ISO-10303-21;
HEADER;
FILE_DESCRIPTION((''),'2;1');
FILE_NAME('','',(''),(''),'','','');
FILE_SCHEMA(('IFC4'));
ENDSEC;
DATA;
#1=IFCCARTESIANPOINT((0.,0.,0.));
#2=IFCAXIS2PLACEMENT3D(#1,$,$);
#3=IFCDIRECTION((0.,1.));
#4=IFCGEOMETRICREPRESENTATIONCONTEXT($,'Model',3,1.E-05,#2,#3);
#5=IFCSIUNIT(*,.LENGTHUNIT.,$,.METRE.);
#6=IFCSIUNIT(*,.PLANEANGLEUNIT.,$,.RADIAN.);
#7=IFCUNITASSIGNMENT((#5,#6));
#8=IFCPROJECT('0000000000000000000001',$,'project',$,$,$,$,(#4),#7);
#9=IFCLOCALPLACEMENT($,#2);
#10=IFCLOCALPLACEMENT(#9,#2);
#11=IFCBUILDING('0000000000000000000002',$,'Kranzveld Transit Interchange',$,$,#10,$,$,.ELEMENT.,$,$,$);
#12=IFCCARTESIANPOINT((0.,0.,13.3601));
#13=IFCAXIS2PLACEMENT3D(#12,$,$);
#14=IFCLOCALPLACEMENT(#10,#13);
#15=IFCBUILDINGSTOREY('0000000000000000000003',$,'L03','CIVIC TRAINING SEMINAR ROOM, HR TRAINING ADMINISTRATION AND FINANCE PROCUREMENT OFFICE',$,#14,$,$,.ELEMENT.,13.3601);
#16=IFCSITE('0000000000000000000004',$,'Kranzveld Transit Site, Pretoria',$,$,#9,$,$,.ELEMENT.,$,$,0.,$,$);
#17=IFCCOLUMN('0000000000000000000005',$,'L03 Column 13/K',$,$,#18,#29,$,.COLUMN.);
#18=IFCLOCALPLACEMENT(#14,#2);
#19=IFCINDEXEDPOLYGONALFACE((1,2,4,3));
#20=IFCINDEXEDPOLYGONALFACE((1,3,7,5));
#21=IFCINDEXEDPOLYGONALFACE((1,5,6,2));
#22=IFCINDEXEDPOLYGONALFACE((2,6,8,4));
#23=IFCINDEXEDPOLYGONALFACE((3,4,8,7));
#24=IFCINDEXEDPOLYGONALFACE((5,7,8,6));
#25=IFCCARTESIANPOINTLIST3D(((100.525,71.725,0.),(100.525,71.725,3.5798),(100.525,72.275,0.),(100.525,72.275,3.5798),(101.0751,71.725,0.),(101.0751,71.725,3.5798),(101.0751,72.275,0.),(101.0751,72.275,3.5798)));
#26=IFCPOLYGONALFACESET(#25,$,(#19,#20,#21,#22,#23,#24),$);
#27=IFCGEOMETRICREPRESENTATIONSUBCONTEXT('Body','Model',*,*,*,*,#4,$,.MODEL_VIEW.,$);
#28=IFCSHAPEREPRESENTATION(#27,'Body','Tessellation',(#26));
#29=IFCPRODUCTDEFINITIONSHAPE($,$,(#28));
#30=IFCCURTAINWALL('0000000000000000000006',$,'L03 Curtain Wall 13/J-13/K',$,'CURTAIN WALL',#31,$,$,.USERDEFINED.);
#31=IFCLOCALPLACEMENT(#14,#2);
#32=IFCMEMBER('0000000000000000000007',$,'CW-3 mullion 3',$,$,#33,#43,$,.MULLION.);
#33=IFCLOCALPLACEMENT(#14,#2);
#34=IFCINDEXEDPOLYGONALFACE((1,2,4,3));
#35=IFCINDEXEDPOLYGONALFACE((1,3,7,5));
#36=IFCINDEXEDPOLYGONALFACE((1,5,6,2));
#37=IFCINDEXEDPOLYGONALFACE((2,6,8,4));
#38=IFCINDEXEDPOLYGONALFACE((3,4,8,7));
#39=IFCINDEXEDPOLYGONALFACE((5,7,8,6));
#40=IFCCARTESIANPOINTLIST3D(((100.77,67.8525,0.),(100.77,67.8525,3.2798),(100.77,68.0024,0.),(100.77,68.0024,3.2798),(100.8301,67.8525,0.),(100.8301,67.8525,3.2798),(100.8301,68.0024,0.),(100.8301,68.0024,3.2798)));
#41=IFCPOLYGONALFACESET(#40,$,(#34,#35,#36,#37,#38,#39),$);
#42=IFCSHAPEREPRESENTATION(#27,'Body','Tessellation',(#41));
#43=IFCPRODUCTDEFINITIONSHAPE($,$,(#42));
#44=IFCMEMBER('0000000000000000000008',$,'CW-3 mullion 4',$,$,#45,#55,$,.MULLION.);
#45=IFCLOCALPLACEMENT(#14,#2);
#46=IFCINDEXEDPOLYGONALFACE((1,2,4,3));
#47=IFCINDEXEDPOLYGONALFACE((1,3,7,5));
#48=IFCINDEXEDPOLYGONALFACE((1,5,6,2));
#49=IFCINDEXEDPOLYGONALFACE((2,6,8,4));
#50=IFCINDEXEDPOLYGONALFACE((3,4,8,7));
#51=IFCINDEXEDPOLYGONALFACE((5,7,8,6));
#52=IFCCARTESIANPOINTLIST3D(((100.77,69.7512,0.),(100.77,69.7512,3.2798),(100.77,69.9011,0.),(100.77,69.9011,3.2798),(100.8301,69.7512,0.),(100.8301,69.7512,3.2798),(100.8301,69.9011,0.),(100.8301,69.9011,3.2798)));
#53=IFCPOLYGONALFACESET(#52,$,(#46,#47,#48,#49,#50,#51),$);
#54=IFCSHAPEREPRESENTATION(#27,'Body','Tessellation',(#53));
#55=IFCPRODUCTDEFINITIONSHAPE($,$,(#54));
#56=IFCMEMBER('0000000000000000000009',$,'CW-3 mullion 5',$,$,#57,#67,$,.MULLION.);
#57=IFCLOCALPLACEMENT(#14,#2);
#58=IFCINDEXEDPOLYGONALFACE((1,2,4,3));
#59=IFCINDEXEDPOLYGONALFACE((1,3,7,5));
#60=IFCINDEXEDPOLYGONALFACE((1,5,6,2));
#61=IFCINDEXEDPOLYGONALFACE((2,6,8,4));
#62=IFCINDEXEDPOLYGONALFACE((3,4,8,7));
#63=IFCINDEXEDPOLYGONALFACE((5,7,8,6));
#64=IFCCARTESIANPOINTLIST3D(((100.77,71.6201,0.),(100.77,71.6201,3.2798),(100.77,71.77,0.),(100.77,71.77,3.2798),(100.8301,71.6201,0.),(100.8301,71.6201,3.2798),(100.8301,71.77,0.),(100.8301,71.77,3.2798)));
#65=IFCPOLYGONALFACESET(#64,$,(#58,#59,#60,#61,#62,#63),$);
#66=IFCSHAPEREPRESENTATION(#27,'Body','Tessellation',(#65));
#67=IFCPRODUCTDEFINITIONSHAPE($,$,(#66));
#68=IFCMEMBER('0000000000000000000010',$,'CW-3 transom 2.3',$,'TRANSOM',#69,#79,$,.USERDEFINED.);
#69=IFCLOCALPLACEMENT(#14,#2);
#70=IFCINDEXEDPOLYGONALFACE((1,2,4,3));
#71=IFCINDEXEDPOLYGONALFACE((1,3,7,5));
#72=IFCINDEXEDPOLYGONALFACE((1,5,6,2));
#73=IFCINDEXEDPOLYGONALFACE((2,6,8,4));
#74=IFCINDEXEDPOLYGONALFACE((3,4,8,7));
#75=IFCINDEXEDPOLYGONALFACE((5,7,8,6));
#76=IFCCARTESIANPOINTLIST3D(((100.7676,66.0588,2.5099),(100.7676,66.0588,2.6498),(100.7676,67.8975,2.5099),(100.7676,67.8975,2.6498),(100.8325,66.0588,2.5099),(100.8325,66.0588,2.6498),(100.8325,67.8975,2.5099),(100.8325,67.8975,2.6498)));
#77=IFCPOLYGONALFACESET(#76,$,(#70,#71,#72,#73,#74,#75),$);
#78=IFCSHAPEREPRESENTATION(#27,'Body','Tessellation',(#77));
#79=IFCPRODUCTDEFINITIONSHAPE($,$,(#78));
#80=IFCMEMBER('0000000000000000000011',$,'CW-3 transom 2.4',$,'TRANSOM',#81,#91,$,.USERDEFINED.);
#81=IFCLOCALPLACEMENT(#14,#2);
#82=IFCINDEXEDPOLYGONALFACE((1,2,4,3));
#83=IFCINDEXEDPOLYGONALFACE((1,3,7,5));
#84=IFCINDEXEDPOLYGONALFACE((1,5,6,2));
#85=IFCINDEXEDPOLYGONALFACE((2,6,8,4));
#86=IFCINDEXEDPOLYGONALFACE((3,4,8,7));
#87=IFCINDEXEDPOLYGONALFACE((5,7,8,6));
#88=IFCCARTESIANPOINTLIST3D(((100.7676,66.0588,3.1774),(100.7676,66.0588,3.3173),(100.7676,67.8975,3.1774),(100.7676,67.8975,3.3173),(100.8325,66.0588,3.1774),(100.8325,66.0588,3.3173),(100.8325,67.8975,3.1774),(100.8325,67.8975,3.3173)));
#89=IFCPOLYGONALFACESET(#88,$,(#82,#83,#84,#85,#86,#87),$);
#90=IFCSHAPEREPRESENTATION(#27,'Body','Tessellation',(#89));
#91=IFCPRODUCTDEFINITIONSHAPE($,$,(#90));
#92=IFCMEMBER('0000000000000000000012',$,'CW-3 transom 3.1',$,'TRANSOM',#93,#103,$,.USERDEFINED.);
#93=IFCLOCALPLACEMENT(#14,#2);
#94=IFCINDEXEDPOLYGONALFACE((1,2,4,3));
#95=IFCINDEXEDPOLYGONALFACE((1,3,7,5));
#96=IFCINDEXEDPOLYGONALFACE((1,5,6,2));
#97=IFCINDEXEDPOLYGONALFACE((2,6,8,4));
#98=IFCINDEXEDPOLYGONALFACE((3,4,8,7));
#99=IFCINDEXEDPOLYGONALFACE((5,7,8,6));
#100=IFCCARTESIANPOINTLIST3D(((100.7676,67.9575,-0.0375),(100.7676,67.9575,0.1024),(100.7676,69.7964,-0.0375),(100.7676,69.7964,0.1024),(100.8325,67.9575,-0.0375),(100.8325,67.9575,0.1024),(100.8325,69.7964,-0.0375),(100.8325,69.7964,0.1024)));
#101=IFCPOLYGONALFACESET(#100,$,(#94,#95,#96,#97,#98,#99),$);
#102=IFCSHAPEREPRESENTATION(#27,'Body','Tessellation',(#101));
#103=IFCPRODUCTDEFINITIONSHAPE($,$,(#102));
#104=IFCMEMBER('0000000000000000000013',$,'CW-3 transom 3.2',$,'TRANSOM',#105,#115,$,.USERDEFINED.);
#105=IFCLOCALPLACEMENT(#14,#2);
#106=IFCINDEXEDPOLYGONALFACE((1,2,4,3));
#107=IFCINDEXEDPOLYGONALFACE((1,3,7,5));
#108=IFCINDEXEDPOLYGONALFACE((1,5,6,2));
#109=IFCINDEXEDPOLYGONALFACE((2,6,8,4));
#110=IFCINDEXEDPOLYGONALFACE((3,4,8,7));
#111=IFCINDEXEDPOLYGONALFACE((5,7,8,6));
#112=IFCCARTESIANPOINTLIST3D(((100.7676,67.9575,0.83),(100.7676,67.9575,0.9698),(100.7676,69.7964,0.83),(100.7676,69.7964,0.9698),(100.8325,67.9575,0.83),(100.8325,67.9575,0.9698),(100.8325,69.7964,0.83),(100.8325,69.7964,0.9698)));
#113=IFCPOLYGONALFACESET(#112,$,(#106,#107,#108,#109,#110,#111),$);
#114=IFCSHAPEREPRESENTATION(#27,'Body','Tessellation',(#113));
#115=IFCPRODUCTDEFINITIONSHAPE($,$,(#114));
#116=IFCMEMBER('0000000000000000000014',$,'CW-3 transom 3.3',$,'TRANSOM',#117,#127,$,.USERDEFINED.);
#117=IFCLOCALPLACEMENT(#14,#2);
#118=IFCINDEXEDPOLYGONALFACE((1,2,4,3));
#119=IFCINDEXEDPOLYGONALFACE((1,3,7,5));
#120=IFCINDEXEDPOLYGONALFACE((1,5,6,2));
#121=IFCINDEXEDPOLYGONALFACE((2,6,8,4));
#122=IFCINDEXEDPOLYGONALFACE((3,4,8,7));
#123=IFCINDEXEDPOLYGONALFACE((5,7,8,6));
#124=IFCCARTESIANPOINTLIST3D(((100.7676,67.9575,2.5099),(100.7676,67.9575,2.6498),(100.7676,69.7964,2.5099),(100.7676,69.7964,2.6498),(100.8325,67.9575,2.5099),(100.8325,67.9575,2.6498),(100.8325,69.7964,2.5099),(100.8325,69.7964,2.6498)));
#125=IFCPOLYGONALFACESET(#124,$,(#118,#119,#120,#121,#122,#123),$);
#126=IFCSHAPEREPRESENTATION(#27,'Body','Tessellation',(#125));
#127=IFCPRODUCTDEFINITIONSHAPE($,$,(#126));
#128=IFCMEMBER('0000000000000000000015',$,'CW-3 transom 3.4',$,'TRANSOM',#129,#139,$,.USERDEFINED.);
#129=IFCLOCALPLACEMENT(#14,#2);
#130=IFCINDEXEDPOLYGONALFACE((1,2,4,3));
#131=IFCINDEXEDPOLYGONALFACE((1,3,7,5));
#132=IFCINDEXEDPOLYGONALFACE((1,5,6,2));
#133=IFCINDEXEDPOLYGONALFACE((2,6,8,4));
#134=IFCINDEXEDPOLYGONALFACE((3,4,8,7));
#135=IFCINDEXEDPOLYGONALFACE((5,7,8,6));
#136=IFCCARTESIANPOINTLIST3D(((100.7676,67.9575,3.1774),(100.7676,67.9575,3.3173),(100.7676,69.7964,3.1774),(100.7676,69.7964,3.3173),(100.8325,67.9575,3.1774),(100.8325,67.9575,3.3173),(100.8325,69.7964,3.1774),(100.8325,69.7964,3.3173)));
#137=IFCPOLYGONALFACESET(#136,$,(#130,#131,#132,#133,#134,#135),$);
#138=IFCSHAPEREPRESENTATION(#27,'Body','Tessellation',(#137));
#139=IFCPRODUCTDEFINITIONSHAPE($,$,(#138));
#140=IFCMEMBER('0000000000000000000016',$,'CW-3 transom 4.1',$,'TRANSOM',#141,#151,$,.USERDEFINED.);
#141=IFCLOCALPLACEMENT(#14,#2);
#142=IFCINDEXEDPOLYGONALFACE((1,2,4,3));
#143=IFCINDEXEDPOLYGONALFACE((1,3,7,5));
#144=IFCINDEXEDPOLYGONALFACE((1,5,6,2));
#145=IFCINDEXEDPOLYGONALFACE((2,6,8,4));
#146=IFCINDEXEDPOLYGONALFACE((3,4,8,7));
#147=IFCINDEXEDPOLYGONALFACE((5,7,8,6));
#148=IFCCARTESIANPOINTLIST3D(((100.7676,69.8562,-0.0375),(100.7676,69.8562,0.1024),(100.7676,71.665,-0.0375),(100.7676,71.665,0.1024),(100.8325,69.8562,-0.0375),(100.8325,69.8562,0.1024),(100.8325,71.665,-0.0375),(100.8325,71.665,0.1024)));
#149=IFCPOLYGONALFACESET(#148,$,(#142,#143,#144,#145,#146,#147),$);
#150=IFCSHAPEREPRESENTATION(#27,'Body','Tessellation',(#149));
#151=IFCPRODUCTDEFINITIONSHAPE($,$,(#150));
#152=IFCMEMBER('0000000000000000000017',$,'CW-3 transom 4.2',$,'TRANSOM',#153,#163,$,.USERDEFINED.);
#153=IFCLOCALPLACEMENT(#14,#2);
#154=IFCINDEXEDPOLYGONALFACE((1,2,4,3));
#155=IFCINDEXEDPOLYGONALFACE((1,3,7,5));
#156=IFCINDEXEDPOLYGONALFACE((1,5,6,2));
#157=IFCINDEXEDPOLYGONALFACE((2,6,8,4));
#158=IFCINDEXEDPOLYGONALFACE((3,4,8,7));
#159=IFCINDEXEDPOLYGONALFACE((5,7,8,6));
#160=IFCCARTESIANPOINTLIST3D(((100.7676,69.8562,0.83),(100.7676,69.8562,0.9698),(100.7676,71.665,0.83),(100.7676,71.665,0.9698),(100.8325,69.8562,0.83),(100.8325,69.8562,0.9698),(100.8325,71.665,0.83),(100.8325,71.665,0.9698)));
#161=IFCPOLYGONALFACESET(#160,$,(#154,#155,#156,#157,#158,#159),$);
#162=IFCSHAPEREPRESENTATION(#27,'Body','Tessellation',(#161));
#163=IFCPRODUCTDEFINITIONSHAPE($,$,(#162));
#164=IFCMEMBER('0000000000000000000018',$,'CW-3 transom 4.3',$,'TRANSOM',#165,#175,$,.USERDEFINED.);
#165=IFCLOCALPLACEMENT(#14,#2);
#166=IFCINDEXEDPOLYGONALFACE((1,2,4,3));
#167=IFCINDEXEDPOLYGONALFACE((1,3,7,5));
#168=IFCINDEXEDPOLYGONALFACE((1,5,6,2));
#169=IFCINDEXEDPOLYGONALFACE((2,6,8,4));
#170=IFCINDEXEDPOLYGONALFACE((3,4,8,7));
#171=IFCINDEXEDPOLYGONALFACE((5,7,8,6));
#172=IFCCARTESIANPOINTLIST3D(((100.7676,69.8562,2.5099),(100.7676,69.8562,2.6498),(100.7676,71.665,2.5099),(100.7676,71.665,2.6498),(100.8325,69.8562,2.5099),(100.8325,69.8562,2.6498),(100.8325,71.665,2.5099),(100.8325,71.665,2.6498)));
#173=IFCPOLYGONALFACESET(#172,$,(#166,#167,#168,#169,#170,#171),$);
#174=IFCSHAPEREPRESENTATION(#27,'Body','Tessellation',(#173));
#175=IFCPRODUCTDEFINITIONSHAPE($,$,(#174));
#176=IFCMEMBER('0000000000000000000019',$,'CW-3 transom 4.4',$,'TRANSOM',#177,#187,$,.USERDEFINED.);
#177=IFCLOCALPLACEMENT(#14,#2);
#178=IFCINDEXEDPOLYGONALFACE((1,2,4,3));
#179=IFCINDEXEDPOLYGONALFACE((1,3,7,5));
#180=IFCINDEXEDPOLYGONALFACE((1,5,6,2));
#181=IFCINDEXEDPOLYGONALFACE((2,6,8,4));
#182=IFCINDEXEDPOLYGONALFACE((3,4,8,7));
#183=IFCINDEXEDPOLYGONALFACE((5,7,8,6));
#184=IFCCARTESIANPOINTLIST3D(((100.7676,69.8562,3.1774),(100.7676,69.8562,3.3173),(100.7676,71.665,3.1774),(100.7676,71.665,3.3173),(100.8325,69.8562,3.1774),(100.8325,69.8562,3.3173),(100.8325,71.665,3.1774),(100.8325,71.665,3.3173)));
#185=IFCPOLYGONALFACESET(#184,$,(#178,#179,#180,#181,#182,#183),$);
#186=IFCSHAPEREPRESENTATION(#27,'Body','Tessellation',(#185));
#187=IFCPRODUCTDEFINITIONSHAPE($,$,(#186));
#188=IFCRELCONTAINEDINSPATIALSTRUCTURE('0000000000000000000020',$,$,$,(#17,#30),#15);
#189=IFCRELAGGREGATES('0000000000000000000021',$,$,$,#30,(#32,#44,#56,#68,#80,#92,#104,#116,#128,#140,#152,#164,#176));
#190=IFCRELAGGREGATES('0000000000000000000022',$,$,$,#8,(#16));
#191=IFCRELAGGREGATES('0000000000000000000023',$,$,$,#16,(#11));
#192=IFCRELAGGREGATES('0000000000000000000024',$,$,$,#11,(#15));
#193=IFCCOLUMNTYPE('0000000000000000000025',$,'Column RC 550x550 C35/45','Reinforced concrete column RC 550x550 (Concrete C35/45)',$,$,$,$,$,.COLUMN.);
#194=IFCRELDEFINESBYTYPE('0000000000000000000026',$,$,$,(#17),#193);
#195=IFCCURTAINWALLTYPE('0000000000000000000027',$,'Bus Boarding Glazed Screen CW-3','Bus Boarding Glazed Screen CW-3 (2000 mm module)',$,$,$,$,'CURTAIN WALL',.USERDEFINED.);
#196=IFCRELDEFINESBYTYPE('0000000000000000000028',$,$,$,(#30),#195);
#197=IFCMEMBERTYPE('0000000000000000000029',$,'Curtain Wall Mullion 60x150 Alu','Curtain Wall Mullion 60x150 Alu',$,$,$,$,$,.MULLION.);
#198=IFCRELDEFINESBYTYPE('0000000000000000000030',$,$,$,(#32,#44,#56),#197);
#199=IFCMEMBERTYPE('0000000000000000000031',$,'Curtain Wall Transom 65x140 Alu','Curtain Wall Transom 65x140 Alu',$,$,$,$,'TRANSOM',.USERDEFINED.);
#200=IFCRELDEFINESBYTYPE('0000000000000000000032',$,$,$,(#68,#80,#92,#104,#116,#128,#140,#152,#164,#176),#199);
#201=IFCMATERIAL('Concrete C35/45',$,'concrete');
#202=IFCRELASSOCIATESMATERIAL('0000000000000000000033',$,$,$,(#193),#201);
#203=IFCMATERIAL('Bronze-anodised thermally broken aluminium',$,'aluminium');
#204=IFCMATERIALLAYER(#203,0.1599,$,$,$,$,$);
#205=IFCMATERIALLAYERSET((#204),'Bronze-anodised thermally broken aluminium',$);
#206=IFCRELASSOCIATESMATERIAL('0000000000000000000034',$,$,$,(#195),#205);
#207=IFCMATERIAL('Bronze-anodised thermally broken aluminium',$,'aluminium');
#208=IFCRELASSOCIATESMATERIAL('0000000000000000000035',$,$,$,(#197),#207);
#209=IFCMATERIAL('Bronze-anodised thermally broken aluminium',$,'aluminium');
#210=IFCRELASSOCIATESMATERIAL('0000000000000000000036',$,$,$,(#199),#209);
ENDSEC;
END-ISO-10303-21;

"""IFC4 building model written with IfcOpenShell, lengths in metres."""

from ifc_helpers import new_model, si_unit, direction, frame, origin, origin_2d, place, context, subcontext, project, spatial, rectangle, extrude, material, layer, layer_set, material_profile, profile_set, type_object, element, aggregate, save


model = new_model("IFC4")

# Units and contexts
model_context = context("Model", 3, precision=1e-05, world=origin(), true_north=direction((0.0, 1.0)))
body_context = subcontext(model_context, "Body", "Model", "MODEL_VIEW")
ifc_project = project(units=[si_unit("LENGTHUNIT", "METRE"), si_unit("PLANEANGLEUNIT", "RADIAN")], contexts=[model_context])

# Site, building, storey
site_placement = place(None, origin())
site = spatial("IfcSite", under=ifc_project, at=site_placement, Name="Kranzveld Transit Site, Pretoria", CompositionType="ELEMENT", RefElevation=0.0)
building_placement = place(site_placement, origin())
building = spatial("IfcBuilding", under=site, at=building_placement, Name="Kranzveld Transit Interchange", CompositionType="ELEMENT")
storey_placement = place(building_placement, frame((0.0, 0.0, 13.3601)))
storey = spatial("IfcBuildingStorey", under=building, at=storey_placement, Name="L03", Description="CIVIC TRAINING SEMINAR ROOM, HR TRAINING ADMINISTRATION AND FINANCE PROCUREMENT OFFICE", CompositionType="ELEMENT", Elevation=13.3601)

# Column
ifc_material_1 = material(Name="Concrete C35/45", Category="concrete")
ifc_material_profile_1 = material_profile(ifc_material_1, rectangle(XDim=0.55, YDim=0.55, at=origin_2d()), Name="RC 550x550")
ifc_profile_set_1 = profile_set([ifc_material_profile_1], Name="Concrete C35/45")
column_type = type_object("IfcColumnType", Name="Column RC 550x550 C35/45", Description="Reinforced concrete column RC 550x550 (Concrete C35/45)", PredefinedType="COLUMN", material=ifc_profile_set_1)
column_placement = place(storey_placement, frame((100.8, 72.0, 0.0), z_axis=(0.0, 0.0, 1.0), x_axis=(1.0, 0.0, 0.0)))
element("IfcColumn", 1, at=column_placement, inside=storey, type_object=column_type, Name="L03 Column 13/K", PredefinedType="COLUMN", context=body_context, shape_type="SweptSolid", body=[
    extrude(rectangle(XDim=0.55, YDim=0.55, at=origin_2d()), origin(), (0.0, 0.0, 1.0), 3.5798),
])

# Curtain wall, members
ifc_material_2 = material(Name="Bronze-anodised thermally broken aluminium", Category="aluminium")
ifc_layer_1 = layer(ifc_material_2, 0.1599)
ifc_layer_set_1 = layer_set([ifc_layer_1], Name="Bronze-anodised thermally broken aluminium")
curtain_wall_type = type_object("IfcCurtainWallType", Name="Bus Boarding Glazed Screen CW-3", Description="Bus Boarding Glazed Screen CW-3 (2000 mm module)", ElementType="CURTAIN WALL", PredefinedType="USERDEFINED", material=ifc_layer_set_1)
curtain_wall_placement = place(storey_placement, origin())
curtain_wall = element("IfcCurtainWall", 2, at=curtain_wall_placement, inside=storey, type_object=curtain_wall_type, Name="L03 Curtain Wall 13/J-13/K", ObjectType="CURTAIN WALL", PredefinedType="USERDEFINED")
ifc_material_3 = material(Name="Bronze-anodised thermally broken aluminium", Category="aluminium")
ifc_material_profile_2 = material_profile(ifc_material_3, rectangle(XDim=0.0601, YDim=0.1499, at=origin_2d()), Name="ALU MULLION 60x150")
ifc_profile_set_2 = profile_set([ifc_material_profile_2], Name="Bronze-anodised thermally broken aluminium")
member_type_1 = type_object("IfcMemberType", Name="Curtain Wall Mullion 60x150 Alu", Description="Curtain Wall Mullion 60x150 Alu", PredefinedType="MULLION", material=ifc_profile_set_2)
member_1_placement = place(storey_placement, frame((100.8, 67.9275, 0.0), z_axis=(0.0, 0.0, 1.0), x_axis=(-1.0, 0.0, 0.0)))
member_1 = element("IfcMember", 3, at=member_1_placement, type_object=member_type_1, Name="CW-3 mullion 3", PredefinedType="MULLION", context=body_context, shape_type="SweptSolid", body=[
    extrude(rectangle(XDim=0.0601, YDim=0.1499, at=origin_2d()), origin(), (0.0, 0.0, 1.0), 3.2798),
])
member_2_placement = place(storey_placement, frame((100.8, 69.8262, 0.0), z_axis=(0.0, 0.0, 1.0), x_axis=(-1.0, 0.0, 0.0)))
member_2 = element("IfcMember", 4, at=member_2_placement, type_object=member_type_1, Name="CW-3 mullion 4", PredefinedType="MULLION", context=body_context, shape_type="SweptSolid", body=[
    extrude(rectangle(XDim=0.0601, YDim=0.1499, at=origin_2d()), origin(), (0.0, 0.0, 1.0), 3.2798),
])
member_3_placement = place(storey_placement, frame((100.8, 71.6951, 0.0), z_axis=(0.0, 0.0, 1.0), x_axis=(-1.0, 0.0, 0.0)))
member_3 = element("IfcMember", 5, at=member_3_placement, type_object=member_type_1, Name="CW-3 mullion 5", PredefinedType="MULLION", context=body_context, shape_type="SweptSolid", body=[
    extrude(rectangle(XDim=0.0601, YDim=0.1499, at=origin_2d()), origin(), (0.0, 0.0, 1.0), 3.2798),
])
ifc_material_4 = material(Name="Bronze-anodised thermally broken aluminium", Category="aluminium")
ifc_material_profile_3 = material_profile(ifc_material_4, rectangle(XDim=0.0649, YDim=0.1399, at=origin_2d()), Name="ALU TRANSOM 65x140")
ifc_profile_set_3 = profile_set([ifc_material_profile_3], Name="Bronze-anodised thermally broken aluminium")
member_type_2 = type_object("IfcMemberType", Name="Curtain Wall Transom 65x140 Alu", Description="Curtain Wall Transom 65x140 Alu", ElementType="TRANSOM", PredefinedType="USERDEFINED", material=ifc_profile_set_3)
member_4_placement = place(storey_placement, frame((100.8, 66.0588, 2.5798), z_axis=(0.0, 1.0, 0.0), x_axis=(-1.0, 0.0, 0.0)))
member_4 = element("IfcMember", 6, at=member_4_placement, type_object=member_type_2, Name="CW-3 transom 2.3", ObjectType="TRANSOM", PredefinedType="USERDEFINED", context=body_context, shape_type="SweptSolid", body=[
    extrude(rectangle(XDim=0.0649, YDim=0.1399, at=origin_2d()), origin(), (0.0, 0.0, 1.0), 1.8386),
])
member_5_placement = place(storey_placement, frame((100.8, 66.0588, 3.2473), z_axis=(0.0, 1.0, 0.0), x_axis=(-1.0, 0.0, 0.0)))
member_5 = element("IfcMember", 7, at=member_5_placement, type_object=member_type_2, Name="CW-3 transom 2.4", ObjectType="TRANSOM", PredefinedType="USERDEFINED", context=body_context, shape_type="SweptSolid", body=[
    extrude(rectangle(XDim=0.0649, YDim=0.1399, at=origin_2d()), origin(), (0.0, 0.0, 1.0), 1.8386),
])
member_6_placement = place(storey_placement, frame((100.8, 67.9575, 0.0325), z_axis=(0.0, 1.0, 0.0), x_axis=(-1.0, 0.0, 0.0)))
member_6 = element("IfcMember", 8, at=member_6_placement, type_object=member_type_2, Name="CW-3 transom 3.1", ObjectType="TRANSOM", PredefinedType="USERDEFINED", context=body_context, shape_type="SweptSolid", body=[
    extrude(rectangle(XDim=0.0649, YDim=0.1399, at=origin_2d()), origin(), (0.0, 0.0, 1.0), 1.8389),
])
member_7_placement = place(storey_placement, frame((100.8, 67.9575, 0.8999), z_axis=(0.0, 1.0, 0.0), x_axis=(-1.0, 0.0, 0.0)))
member_7 = element("IfcMember", 9, at=member_7_placement, type_object=member_type_2, Name="CW-3 transom 3.2", ObjectType="TRANSOM", PredefinedType="USERDEFINED", context=body_context, shape_type="SweptSolid", body=[
    extrude(rectangle(XDim=0.0649, YDim=0.1399, at=origin_2d()), origin(), (0.0, 0.0, 1.0), 1.8389),
])
member_8_placement = place(storey_placement, frame((100.8, 67.9575, 2.5798), z_axis=(0.0, 1.0, 0.0), x_axis=(-1.0, 0.0, 0.0)))
member_8 = element("IfcMember", 10, at=member_8_placement, type_object=member_type_2, Name="CW-3 transom 3.3", ObjectType="TRANSOM", PredefinedType="USERDEFINED", context=body_context, shape_type="SweptSolid", body=[
    extrude(rectangle(XDim=0.0649, YDim=0.1399, at=origin_2d()), origin(), (0.0, 0.0, 1.0), 1.8389),
])
member_9_placement = place(storey_placement, frame((100.8, 67.9575, 3.2473), z_axis=(0.0, 1.0, 0.0), x_axis=(-1.0, 0.0, 0.0)))
member_9 = element("IfcMember", 11, at=member_9_placement, type_object=member_type_2, Name="CW-3 transom 3.4", ObjectType="TRANSOM", PredefinedType="USERDEFINED", context=body_context, shape_type="SweptSolid", body=[
    extrude(rectangle(XDim=0.0649, YDim=0.1399, at=origin_2d()), origin(), (0.0, 0.0, 1.0), 1.8389),
])
member_10_placement = place(storey_placement, frame((100.8, 69.8562, 0.0325), z_axis=(0.0, 1.0, 0.0), x_axis=(-1.0, 0.0, 0.0)))
member_10 = element("IfcMember", 12, at=member_10_placement, type_object=member_type_2, Name="CW-3 transom 4.1", ObjectType="TRANSOM", PredefinedType="USERDEFINED", context=body_context, shape_type="SweptSolid", body=[
    extrude(rectangle(XDim=0.0649, YDim=0.1399, at=origin_2d()), origin(), (0.0, 0.0, 1.0), 1.8088),
])
member_11_placement = place(storey_placement, frame((100.8, 69.8562, 0.8999), z_axis=(0.0, 1.0, 0.0), x_axis=(-1.0, 0.0, 0.0)))
member_11 = element("IfcMember", 13, at=member_11_placement, type_object=member_type_2, Name="CW-3 transom 4.2", ObjectType="TRANSOM", PredefinedType="USERDEFINED", context=body_context, shape_type="SweptSolid", body=[
    extrude(rectangle(XDim=0.0649, YDim=0.1399, at=origin_2d()), origin(), (0.0, 0.0, 1.0), 1.8088),
])
member_12_placement = place(storey_placement, frame((100.8, 69.8562, 2.5798), z_axis=(0.0, 1.0, 0.0), x_axis=(-1.0, 0.0, 0.0)))
member_12 = element("IfcMember", 14, at=member_12_placement, type_object=member_type_2, Name="CW-3 transom 4.3", ObjectType="TRANSOM", PredefinedType="USERDEFINED", context=body_context, shape_type="SweptSolid", body=[
    extrude(rectangle(XDim=0.0649, YDim=0.1399, at=origin_2d()), origin(), (0.0, 0.0, 1.0), 1.8088),
])
member_13_placement = place(storey_placement, frame((100.8, 69.8562, 3.2473), z_axis=(0.0, 1.0, 0.0), x_axis=(-1.0, 0.0, 0.0)))
member_13 = element("IfcMember", 15, at=member_13_placement, type_object=member_type_2, Name="CW-3 transom 4.4", ObjectType="TRANSOM", PredefinedType="USERDEFINED", context=body_context, shape_type="SweptSolid", body=[
    extrude(rectangle(XDim=0.0649, YDim=0.1399, at=origin_2d()), origin(), (0.0, 0.0, 1.0), 1.8088),
])

aggregate(curtain_wall, [member_1, member_2, member_3, member_4, member_5, member_6, member_7, member_8, member_9, member_10, member_11, member_12, member_13])

save(model, "model.ifc")
